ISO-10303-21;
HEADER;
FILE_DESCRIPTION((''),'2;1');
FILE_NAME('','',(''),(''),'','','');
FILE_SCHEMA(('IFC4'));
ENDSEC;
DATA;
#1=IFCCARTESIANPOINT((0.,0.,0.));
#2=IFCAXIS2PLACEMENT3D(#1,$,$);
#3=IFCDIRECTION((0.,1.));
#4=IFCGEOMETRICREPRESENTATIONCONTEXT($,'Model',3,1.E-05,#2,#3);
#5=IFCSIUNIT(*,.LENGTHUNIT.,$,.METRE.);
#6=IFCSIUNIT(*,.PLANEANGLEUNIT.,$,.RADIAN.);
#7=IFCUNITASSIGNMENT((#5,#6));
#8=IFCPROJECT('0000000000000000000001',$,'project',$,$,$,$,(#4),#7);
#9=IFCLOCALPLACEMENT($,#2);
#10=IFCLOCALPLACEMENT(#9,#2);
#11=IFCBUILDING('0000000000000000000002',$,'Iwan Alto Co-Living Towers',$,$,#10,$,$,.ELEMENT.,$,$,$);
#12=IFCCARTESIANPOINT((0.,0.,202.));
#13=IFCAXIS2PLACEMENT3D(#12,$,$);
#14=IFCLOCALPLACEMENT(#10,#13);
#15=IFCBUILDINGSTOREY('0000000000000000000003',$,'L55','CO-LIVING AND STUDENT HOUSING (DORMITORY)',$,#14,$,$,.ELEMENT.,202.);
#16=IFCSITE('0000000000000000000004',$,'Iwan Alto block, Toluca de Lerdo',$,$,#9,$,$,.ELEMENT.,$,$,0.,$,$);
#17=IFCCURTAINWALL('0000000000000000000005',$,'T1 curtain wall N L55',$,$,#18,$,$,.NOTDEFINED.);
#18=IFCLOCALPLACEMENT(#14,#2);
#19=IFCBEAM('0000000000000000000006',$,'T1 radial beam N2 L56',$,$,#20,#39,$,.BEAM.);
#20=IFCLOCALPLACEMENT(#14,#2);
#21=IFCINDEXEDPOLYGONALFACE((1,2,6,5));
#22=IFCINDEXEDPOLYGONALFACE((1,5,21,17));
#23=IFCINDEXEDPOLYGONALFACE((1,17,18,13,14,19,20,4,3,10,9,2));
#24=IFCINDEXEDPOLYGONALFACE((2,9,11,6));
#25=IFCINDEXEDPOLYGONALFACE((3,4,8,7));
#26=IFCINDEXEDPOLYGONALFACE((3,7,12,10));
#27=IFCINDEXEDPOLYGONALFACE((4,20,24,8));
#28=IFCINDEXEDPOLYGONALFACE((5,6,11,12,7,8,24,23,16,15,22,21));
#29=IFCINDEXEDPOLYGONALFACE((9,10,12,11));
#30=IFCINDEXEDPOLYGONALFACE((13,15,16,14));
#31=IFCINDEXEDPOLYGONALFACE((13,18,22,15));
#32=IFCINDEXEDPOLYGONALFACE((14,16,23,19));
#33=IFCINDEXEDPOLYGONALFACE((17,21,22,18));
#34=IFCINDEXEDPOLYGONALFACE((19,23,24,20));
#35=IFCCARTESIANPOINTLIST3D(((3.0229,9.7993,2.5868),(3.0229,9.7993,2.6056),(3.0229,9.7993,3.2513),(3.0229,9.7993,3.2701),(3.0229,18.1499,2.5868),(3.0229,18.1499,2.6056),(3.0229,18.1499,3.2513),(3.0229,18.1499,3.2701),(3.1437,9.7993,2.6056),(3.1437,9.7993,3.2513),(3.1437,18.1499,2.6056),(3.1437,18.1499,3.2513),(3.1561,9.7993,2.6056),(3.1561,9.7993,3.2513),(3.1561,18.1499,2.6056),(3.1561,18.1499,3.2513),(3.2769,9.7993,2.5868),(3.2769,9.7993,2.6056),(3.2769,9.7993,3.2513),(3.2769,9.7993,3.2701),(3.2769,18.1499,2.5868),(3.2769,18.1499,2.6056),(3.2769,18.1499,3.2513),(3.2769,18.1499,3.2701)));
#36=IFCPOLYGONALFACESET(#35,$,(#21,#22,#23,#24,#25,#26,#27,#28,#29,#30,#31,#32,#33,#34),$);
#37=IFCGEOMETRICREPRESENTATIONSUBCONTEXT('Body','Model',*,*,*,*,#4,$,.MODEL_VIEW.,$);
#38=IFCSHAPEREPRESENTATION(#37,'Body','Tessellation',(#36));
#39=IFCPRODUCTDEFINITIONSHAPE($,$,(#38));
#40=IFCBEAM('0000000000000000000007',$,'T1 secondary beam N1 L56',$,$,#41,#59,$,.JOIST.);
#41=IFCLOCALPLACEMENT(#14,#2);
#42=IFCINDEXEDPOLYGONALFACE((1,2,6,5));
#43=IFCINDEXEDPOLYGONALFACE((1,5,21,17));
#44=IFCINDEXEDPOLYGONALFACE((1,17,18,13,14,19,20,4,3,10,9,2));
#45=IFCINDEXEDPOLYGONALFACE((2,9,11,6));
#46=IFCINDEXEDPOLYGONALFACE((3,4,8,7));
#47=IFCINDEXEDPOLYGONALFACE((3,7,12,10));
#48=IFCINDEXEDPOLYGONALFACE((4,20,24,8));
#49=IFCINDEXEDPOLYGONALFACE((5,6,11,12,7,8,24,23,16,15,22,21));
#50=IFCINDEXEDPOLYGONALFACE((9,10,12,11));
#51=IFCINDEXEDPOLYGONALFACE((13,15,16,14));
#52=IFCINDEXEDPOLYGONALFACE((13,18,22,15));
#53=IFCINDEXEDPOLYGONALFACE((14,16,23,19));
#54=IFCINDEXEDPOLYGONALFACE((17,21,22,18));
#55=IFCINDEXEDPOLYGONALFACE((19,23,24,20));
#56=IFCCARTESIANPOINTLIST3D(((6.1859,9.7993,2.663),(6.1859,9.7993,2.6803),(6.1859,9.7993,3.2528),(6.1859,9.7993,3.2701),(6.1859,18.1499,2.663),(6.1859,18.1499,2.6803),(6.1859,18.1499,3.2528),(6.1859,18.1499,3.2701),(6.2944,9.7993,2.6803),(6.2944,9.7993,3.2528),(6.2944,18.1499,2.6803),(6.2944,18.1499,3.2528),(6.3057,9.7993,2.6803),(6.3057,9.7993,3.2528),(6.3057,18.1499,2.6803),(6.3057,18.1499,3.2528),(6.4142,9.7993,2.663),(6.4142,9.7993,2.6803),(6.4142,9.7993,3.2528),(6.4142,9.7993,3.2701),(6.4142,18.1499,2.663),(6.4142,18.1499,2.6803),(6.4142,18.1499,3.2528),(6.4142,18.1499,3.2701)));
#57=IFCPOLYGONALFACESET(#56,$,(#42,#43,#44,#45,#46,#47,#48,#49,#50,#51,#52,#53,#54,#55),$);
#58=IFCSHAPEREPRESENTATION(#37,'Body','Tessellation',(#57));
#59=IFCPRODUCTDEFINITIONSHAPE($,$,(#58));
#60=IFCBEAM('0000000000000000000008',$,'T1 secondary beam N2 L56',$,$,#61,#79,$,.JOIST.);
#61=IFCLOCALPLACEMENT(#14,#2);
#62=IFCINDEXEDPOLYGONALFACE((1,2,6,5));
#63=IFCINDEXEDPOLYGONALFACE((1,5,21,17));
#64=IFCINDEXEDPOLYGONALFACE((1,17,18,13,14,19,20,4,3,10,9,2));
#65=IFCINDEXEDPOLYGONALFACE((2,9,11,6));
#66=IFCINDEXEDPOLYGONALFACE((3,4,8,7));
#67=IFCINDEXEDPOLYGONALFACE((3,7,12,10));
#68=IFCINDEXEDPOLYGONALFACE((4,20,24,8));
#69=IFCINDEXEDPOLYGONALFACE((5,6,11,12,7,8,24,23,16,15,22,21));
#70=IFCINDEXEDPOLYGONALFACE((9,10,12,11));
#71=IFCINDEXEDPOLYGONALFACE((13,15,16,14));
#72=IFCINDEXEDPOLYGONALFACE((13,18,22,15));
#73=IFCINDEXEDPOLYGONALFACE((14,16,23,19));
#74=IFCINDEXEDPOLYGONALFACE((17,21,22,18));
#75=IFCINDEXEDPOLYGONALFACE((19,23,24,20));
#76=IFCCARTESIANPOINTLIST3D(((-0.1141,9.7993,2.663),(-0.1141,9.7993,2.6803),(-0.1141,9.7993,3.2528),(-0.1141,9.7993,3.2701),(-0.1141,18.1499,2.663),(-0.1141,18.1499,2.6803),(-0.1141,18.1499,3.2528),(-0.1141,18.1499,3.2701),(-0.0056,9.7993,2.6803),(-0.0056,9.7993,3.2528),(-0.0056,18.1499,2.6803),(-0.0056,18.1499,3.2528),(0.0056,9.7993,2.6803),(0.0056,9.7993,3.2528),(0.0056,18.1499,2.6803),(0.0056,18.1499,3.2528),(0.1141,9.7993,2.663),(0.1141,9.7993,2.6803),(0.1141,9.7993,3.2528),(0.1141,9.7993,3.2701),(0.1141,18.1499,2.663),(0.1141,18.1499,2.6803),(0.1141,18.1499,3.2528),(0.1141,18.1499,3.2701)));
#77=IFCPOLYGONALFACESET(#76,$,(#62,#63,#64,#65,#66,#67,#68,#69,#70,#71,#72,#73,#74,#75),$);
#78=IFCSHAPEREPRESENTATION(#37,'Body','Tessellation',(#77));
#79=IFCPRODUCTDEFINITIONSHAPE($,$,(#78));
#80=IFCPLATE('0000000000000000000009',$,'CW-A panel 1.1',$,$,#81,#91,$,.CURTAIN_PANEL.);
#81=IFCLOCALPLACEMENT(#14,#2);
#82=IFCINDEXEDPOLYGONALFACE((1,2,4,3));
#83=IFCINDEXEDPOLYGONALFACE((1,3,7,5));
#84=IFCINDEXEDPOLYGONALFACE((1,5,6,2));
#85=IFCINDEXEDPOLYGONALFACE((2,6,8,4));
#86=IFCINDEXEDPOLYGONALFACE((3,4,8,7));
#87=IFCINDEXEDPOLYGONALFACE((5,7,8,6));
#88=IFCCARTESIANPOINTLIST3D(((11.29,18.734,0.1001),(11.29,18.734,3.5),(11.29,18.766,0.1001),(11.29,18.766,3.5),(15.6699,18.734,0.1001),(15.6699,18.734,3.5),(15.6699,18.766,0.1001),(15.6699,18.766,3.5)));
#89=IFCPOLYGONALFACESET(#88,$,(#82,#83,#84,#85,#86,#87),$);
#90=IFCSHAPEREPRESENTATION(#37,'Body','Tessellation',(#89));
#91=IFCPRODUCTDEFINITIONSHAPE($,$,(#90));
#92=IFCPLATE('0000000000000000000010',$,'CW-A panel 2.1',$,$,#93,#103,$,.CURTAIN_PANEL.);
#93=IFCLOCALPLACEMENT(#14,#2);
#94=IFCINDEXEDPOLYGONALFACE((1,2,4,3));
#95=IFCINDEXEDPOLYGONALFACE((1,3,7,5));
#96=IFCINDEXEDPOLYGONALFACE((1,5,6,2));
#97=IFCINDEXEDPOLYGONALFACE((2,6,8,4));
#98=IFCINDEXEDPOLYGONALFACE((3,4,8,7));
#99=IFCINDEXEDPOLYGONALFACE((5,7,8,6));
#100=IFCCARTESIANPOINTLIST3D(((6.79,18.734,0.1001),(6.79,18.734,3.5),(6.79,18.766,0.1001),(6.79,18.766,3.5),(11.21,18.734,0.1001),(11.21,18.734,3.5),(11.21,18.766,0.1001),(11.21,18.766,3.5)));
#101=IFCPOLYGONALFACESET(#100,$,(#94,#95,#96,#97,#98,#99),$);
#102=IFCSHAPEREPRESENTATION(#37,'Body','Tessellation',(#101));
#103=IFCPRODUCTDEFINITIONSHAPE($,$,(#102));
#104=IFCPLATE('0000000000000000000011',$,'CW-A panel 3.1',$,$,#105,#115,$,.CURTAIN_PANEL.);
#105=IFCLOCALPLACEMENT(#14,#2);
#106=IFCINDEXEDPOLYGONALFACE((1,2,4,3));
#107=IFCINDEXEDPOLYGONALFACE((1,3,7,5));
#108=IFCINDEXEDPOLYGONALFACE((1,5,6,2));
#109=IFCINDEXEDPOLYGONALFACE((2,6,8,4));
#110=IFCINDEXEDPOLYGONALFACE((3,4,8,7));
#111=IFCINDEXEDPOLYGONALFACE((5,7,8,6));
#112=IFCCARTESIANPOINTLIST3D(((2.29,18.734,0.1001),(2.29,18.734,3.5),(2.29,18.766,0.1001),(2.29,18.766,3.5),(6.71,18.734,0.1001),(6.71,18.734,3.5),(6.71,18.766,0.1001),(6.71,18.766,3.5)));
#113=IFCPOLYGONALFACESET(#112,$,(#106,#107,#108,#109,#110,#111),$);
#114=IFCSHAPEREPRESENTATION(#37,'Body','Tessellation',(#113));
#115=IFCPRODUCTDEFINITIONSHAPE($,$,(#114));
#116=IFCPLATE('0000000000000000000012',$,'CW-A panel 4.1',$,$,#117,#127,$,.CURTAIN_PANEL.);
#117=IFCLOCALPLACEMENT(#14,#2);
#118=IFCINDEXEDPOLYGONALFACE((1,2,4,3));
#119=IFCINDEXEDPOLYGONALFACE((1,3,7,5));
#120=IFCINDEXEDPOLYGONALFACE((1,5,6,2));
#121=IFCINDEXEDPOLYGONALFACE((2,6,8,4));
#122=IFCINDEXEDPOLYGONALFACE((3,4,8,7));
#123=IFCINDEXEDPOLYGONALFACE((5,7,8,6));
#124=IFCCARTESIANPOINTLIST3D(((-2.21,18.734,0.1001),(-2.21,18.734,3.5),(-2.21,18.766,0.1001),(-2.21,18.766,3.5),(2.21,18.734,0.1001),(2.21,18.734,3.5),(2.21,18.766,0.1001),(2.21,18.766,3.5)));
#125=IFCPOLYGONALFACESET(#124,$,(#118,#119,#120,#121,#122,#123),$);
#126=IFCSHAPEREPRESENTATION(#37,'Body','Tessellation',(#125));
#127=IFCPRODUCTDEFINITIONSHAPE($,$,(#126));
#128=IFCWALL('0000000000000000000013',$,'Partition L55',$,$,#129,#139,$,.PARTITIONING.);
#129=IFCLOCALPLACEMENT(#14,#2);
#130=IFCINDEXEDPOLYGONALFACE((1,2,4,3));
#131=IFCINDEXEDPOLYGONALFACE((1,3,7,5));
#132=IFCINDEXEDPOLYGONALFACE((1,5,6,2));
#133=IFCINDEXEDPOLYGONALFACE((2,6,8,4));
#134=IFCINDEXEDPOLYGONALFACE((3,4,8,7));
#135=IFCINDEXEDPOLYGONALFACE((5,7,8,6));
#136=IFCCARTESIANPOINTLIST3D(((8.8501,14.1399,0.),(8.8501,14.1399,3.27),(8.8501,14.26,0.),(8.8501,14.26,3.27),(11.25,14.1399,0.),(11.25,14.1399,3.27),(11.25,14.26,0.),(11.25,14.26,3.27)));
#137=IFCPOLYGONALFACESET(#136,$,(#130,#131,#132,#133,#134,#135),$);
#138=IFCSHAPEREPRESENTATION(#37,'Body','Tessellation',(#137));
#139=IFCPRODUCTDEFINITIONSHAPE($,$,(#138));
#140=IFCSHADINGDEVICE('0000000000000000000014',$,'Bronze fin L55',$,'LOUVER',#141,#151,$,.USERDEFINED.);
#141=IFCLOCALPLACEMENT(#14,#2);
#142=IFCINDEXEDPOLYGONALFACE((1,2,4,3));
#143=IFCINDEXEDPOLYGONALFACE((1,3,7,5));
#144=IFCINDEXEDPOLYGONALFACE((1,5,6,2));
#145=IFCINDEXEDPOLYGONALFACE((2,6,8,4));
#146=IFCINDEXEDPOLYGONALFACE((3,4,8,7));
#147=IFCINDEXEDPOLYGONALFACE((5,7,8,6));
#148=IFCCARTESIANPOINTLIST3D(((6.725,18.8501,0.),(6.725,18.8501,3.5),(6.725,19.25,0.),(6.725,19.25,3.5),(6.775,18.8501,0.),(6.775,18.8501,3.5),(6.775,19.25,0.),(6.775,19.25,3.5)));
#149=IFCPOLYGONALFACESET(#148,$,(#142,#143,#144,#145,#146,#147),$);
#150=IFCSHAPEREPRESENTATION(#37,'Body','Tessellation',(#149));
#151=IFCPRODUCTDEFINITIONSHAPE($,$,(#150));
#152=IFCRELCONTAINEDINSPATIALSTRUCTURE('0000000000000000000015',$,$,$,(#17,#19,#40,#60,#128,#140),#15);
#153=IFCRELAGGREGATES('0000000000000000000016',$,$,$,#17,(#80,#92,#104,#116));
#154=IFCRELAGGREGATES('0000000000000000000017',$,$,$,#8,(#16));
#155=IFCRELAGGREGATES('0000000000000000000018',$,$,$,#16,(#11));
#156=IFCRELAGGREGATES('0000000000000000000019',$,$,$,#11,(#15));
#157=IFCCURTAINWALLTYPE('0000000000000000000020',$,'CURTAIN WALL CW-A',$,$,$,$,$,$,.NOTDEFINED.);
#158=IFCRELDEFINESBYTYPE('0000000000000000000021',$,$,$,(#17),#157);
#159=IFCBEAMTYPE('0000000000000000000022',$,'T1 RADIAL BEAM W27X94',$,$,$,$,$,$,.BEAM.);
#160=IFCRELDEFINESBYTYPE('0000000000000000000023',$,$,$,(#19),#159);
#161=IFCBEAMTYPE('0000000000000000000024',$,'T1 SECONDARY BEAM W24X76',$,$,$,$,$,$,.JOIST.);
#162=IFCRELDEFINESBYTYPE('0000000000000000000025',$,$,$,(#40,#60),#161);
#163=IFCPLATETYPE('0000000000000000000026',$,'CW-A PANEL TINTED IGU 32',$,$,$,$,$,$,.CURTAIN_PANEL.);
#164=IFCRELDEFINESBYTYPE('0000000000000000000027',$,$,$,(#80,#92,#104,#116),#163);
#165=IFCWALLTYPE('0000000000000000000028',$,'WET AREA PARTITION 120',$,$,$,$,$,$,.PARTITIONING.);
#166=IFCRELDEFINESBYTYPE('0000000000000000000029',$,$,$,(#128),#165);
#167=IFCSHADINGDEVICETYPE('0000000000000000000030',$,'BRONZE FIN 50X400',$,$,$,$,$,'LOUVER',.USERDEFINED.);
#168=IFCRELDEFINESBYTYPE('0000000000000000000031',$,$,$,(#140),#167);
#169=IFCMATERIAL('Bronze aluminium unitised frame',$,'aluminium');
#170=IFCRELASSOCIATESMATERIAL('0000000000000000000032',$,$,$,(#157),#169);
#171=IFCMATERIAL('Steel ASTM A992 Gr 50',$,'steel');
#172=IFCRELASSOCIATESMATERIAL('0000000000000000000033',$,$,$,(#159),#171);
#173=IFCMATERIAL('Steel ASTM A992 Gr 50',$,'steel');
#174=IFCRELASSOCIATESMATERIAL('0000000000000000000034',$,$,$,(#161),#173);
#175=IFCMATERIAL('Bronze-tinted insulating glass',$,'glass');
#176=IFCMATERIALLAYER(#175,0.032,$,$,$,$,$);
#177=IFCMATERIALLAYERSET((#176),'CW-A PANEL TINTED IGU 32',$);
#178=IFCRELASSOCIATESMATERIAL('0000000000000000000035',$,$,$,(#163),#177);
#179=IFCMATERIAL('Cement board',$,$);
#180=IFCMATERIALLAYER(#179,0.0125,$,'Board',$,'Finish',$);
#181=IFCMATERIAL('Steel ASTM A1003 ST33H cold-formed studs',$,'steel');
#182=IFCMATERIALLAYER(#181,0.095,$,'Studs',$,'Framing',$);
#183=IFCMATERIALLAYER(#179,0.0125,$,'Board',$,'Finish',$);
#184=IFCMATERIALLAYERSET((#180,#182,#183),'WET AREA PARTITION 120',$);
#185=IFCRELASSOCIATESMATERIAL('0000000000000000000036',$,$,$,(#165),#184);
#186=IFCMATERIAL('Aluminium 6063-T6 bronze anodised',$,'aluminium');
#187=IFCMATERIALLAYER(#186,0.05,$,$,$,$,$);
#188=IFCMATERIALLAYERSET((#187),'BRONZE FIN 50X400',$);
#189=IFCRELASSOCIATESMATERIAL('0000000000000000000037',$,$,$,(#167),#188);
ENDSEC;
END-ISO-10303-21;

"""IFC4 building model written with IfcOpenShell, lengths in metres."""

from ifc_helpers import new_model, si_unit, direction, frame, frame_2d, origin, origin_2d, place, context, subcontext, project, spatial, rectangle, i_section, extrude, material, layer, layer_set, material_profile, profile_set, type_object, element, aggregate, save


model = new_model("IFC4")

# Units and contexts
model_context = context("Model", 3, precision=1e-05, world=origin(), true_north=direction((0.0, 1.0)))
body_context = subcontext(model_context, "Body", "Model", "MODEL_VIEW")
ifc_project = project(units=[si_unit("LENGTHUNIT", "METRE"), si_unit("PLANEANGLEUNIT", "RADIAN")], contexts=[model_context])

# Site, building, storey
site_placement = place(None, origin())
site = spatial("IfcSite", under=ifc_project, at=site_placement, Name="Iwan Alto block, Toluca de Lerdo", CompositionType="ELEMENT", RefElevation=0.0)
building_placement = place(site_placement, origin())
building = spatial("IfcBuilding", under=site, at=building_placement, Name="Iwan Alto Co-Living Towers", CompositionType="ELEMENT")
storey_placement = place(building_placement, frame((0.0, 0.0, 202.0)))
storey = spatial("IfcBuildingStorey", under=building, at=storey_placement, Name="L55", Description="CO-LIVING AND STUDENT HOUSING (DORMITORY)", CompositionType="ELEMENT", Elevation=202.0)

# Curtain wall
ifc_material_1 = material(Name="Bronze aluminium unitised frame", Category="aluminium")
curtain_wall_type = type_object("IfcCurtainWallType", Name="CURTAIN WALL CW-A", PredefinedType="NOTDEFINED", material=ifc_material_1)
curtain_wall_placement = place(storey_placement, origin())
curtain_wall = element("IfcCurtainWall", 1, at=curtain_wall_placement, inside=storey, type_object=curtain_wall_type, Name="T1 curtain wall N L55", PredefinedType="NOTDEFINED")

# Beams
ifc_material_2 = material(Name="Steel ASTM A992 Gr 50", Category="steel")
ifc_material_profile_1 = material_profile(ifc_material_2, i_section(OverallWidth=0.2539, OverallDepth=0.6833, WebThickness=0.0125, FlangeThickness=0.0188, at=origin_2d()), Name="W27X94")
ifc_profile_set_1 = profile_set([ifc_material_profile_1], Name="Steel ASTM A992 Gr 50")
beam_type_1 = type_object("IfcBeamType", Name="T1 RADIAL BEAM W27X94", PredefinedType="BEAM", material=ifc_profile_set_1)
for number, where, z_axis, x_axis, name in (
    (2, (3.1499, 18.1499, 2.9285), (0.0, -1.0, 0.0), (1.0, 0.0, 0.0), "T1 radial beam N2 L56"),
):
    element("IfcBeam", number, at=place(storey_placement, frame(where, z_axis=z_axis, x_axis=x_axis)), inside=storey, type_object=beam_type_1, Name=name, PredefinedType="BEAM", context=body_context, shape_type="SweptSolid", body=[
        extrude(i_section(OverallWidth=0.2539, OverallDepth=0.6833, WebThickness=0.0125, FlangeThickness=0.0188, at=origin_2d()), origin(), (0.0, 0.0, 1.0), 8.3506),
    ])
ifc_material_3 = material(Name="Steel ASTM A992 Gr 50", Category="steel")
ifc_material_profile_2 = material_profile(ifc_material_3, i_section(OverallWidth=0.2283, OverallDepth=0.6072, WebThickness=0.0112, FlangeThickness=0.0173, at=origin_2d()), Name="W24X76")
ifc_profile_set_2 = profile_set([ifc_material_profile_2], Name="Steel ASTM A992 Gr 50")
beam_type_2 = type_object("IfcBeamType", Name="T1 SECONDARY BEAM W24X76", PredefinedType="JOIST", material=ifc_profile_set_2)
for number, where, z_axis, x_axis, name in (
    (3, (6.3, 18.1499, 2.9666), (0.0, -1.0, 0.0), (1.0, 0.0, 0.0), "T1 secondary beam N1 L56"),
    (4, (0.0, 18.1499, 2.9666), (0.0, -1.0, 0.0), (1.0, 0.0, 0.0), "T1 secondary beam N2 L56"),
):
    element("IfcBeam", number, at=place(storey_placement, frame(where, z_axis=z_axis, x_axis=x_axis)), inside=storey, type_object=beam_type_2, Name=name, PredefinedType="JOIST", context=body_context, shape_type="SweptSolid", body=[
        extrude(i_section(OverallWidth=0.2283, OverallDepth=0.6072, WebThickness=0.0112, FlangeThickness=0.0173, at=origin_2d()), origin(), (0.0, 0.0, 1.0), 8.3506),
    ])

# Plates
ifc_material_4 = material(Name="Bronze-tinted insulating glass", Category="glass")
ifc_layer_1 = layer(ifc_material_4, 0.032)
ifc_layer_set_1 = layer_set([ifc_layer_1], Name="CW-A PANEL TINTED IGU 32")
plate_type = type_object("IfcPlateType", Name="CW-A PANEL TINTED IGU 32", PredefinedType="CURTAIN_PANEL", material=ifc_layer_set_1)
plate_1_placement = place(storey_placement, frame((13.48, 18.75, 0.1001), z_axis=(0.0, 0.0, 1.0), x_axis=(-1.0, 0.0, 0.0)))
plate_1 = element("IfcPlate", 5, at=plate_1_placement, type_object=plate_type, Name="CW-A panel 1.1", PredefinedType="CURTAIN_PANEL", context=body_context, shape_type="SweptSolid", body=[
    extrude(rectangle(XDim=4.3799, YDim=0.032, at=origin_2d()), origin(), (0.0, 0.0, 1.0), 3.3999),
])
plate_2_placement = place(storey_placement, frame((9.0, 18.75, 0.1001), z_axis=(0.0, 0.0, 1.0), x_axis=(-1.0, 0.0, 0.0)))
plate_2 = element("IfcPlate", 6, at=plate_2_placement, type_object=plate_type, Name="CW-A panel 2.1", PredefinedType="CURTAIN_PANEL", context=body_context, shape_type="SweptSolid", body=[
    extrude(rectangle(XDim=4.4199, YDim=0.032, at=origin_2d()), origin(), (0.0, 0.0, 1.0), 3.3999),
])
plate_3_placement = place(storey_placement, frame((4.5, 18.75, 0.1001), z_axis=(0.0, 0.0, 1.0), x_axis=(-1.0, 0.0, 0.0)))
plate_3 = element("IfcPlate", 7, at=plate_3_placement, type_object=plate_type, Name="CW-A panel 3.1", PredefinedType="CURTAIN_PANEL", context=body_context, shape_type="SweptSolid", body=[
    extrude(rectangle(XDim=4.4199, YDim=0.032, at=origin_2d()), origin(), (0.0, 0.0, 1.0), 3.3999),
])
plate_4_placement = place(storey_placement, frame((0.0, 18.75, 0.1001), z_axis=(0.0, 0.0, 1.0), x_axis=(-1.0, 0.0, 0.0)))
plate_4 = element("IfcPlate", 8, at=plate_4_placement, type_object=plate_type, Name="CW-A panel 4.1", PredefinedType="CURTAIN_PANEL", context=body_context, shape_type="SweptSolid", body=[
    extrude(rectangle(XDim=4.4199, YDim=0.032, at=origin_2d()), origin(), (0.0, 0.0, 1.0), 3.3999),
])
aggregate(curtain_wall, [plate_1, plate_2, plate_3, plate_4])

# Wall
ifc_material_5 = material(Name="Cement board")
ifc_layer_2 = layer(ifc_material_5, 0.0125, Name="Board", Category="Finish")
ifc_material_6 = material(Name="Steel ASTM A1003 ST33H cold-formed studs", Category="steel")
ifc_layer_3 = layer(ifc_material_6, 0.095, Name="Studs", Category="Framing")
ifc_layer_4 = layer(ifc_material_5, 0.0125, Name="Board", Category="Finish")
ifc_layer_set_2 = layer_set([ifc_layer_2, ifc_layer_3, ifc_layer_4], Name="WET AREA PARTITION 120")
wall_type = type_object("IfcWallType", Name="WET AREA PARTITION 120", PredefinedType="PARTITIONING", material=ifc_layer_set_2)
wall_placement = place(storey_placement, frame((8.8501, 14.2, 0.0), z_axis=(0.0, 0.0, 1.0), x_axis=(1.0, 0.0, 0.0)))
element("IfcWall", 9, at=wall_placement, inside=storey, type_object=wall_type, Name="Partition L55", PredefinedType="PARTITIONING", context=body_context, shape_type="SweptSolid", body=[
    extrude(rectangle(XDim=2.3999, YDim=0.1201, at=frame_2d((1.2, 0.0))), origin(), (0.0, 0.0, 1.0), 3.27),
])

# Shading device
ifc_material_7 = material(Name="Aluminium 6063-T6 bronze anodised", Category="aluminium")
ifc_layer_5 = layer(ifc_material_7, 0.05)
ifc_layer_set_3 = layer_set([ifc_layer_5], Name="BRONZE FIN 50X400")
shading_device_type = type_object("IfcShadingDeviceType", Name="BRONZE FIN 50X400", ElementType="LOUVER", PredefinedType="USERDEFINED", material=ifc_layer_set_3)
shading_device_placement = place(storey_placement, frame((6.75, 19.05, 0.0), z_axis=(0.0, 0.0, 1.0), x_axis=(-1.0, 0.0, 0.0)))
element("IfcShadingDevice", 10, at=shading_device_placement, inside=storey, type_object=shading_device_type, Name="Bronze fin L55", ObjectType="LOUVER", PredefinedType="USERDEFINED", context=body_context, shape_type="SweptSolid", body=[
    extrude(rectangle(XDim=0.05, YDim=0.3999, at=origin_2d()), origin(), (0.0, 0.0, 1.0), 3.5),
])

save(model, "model.ifc")
